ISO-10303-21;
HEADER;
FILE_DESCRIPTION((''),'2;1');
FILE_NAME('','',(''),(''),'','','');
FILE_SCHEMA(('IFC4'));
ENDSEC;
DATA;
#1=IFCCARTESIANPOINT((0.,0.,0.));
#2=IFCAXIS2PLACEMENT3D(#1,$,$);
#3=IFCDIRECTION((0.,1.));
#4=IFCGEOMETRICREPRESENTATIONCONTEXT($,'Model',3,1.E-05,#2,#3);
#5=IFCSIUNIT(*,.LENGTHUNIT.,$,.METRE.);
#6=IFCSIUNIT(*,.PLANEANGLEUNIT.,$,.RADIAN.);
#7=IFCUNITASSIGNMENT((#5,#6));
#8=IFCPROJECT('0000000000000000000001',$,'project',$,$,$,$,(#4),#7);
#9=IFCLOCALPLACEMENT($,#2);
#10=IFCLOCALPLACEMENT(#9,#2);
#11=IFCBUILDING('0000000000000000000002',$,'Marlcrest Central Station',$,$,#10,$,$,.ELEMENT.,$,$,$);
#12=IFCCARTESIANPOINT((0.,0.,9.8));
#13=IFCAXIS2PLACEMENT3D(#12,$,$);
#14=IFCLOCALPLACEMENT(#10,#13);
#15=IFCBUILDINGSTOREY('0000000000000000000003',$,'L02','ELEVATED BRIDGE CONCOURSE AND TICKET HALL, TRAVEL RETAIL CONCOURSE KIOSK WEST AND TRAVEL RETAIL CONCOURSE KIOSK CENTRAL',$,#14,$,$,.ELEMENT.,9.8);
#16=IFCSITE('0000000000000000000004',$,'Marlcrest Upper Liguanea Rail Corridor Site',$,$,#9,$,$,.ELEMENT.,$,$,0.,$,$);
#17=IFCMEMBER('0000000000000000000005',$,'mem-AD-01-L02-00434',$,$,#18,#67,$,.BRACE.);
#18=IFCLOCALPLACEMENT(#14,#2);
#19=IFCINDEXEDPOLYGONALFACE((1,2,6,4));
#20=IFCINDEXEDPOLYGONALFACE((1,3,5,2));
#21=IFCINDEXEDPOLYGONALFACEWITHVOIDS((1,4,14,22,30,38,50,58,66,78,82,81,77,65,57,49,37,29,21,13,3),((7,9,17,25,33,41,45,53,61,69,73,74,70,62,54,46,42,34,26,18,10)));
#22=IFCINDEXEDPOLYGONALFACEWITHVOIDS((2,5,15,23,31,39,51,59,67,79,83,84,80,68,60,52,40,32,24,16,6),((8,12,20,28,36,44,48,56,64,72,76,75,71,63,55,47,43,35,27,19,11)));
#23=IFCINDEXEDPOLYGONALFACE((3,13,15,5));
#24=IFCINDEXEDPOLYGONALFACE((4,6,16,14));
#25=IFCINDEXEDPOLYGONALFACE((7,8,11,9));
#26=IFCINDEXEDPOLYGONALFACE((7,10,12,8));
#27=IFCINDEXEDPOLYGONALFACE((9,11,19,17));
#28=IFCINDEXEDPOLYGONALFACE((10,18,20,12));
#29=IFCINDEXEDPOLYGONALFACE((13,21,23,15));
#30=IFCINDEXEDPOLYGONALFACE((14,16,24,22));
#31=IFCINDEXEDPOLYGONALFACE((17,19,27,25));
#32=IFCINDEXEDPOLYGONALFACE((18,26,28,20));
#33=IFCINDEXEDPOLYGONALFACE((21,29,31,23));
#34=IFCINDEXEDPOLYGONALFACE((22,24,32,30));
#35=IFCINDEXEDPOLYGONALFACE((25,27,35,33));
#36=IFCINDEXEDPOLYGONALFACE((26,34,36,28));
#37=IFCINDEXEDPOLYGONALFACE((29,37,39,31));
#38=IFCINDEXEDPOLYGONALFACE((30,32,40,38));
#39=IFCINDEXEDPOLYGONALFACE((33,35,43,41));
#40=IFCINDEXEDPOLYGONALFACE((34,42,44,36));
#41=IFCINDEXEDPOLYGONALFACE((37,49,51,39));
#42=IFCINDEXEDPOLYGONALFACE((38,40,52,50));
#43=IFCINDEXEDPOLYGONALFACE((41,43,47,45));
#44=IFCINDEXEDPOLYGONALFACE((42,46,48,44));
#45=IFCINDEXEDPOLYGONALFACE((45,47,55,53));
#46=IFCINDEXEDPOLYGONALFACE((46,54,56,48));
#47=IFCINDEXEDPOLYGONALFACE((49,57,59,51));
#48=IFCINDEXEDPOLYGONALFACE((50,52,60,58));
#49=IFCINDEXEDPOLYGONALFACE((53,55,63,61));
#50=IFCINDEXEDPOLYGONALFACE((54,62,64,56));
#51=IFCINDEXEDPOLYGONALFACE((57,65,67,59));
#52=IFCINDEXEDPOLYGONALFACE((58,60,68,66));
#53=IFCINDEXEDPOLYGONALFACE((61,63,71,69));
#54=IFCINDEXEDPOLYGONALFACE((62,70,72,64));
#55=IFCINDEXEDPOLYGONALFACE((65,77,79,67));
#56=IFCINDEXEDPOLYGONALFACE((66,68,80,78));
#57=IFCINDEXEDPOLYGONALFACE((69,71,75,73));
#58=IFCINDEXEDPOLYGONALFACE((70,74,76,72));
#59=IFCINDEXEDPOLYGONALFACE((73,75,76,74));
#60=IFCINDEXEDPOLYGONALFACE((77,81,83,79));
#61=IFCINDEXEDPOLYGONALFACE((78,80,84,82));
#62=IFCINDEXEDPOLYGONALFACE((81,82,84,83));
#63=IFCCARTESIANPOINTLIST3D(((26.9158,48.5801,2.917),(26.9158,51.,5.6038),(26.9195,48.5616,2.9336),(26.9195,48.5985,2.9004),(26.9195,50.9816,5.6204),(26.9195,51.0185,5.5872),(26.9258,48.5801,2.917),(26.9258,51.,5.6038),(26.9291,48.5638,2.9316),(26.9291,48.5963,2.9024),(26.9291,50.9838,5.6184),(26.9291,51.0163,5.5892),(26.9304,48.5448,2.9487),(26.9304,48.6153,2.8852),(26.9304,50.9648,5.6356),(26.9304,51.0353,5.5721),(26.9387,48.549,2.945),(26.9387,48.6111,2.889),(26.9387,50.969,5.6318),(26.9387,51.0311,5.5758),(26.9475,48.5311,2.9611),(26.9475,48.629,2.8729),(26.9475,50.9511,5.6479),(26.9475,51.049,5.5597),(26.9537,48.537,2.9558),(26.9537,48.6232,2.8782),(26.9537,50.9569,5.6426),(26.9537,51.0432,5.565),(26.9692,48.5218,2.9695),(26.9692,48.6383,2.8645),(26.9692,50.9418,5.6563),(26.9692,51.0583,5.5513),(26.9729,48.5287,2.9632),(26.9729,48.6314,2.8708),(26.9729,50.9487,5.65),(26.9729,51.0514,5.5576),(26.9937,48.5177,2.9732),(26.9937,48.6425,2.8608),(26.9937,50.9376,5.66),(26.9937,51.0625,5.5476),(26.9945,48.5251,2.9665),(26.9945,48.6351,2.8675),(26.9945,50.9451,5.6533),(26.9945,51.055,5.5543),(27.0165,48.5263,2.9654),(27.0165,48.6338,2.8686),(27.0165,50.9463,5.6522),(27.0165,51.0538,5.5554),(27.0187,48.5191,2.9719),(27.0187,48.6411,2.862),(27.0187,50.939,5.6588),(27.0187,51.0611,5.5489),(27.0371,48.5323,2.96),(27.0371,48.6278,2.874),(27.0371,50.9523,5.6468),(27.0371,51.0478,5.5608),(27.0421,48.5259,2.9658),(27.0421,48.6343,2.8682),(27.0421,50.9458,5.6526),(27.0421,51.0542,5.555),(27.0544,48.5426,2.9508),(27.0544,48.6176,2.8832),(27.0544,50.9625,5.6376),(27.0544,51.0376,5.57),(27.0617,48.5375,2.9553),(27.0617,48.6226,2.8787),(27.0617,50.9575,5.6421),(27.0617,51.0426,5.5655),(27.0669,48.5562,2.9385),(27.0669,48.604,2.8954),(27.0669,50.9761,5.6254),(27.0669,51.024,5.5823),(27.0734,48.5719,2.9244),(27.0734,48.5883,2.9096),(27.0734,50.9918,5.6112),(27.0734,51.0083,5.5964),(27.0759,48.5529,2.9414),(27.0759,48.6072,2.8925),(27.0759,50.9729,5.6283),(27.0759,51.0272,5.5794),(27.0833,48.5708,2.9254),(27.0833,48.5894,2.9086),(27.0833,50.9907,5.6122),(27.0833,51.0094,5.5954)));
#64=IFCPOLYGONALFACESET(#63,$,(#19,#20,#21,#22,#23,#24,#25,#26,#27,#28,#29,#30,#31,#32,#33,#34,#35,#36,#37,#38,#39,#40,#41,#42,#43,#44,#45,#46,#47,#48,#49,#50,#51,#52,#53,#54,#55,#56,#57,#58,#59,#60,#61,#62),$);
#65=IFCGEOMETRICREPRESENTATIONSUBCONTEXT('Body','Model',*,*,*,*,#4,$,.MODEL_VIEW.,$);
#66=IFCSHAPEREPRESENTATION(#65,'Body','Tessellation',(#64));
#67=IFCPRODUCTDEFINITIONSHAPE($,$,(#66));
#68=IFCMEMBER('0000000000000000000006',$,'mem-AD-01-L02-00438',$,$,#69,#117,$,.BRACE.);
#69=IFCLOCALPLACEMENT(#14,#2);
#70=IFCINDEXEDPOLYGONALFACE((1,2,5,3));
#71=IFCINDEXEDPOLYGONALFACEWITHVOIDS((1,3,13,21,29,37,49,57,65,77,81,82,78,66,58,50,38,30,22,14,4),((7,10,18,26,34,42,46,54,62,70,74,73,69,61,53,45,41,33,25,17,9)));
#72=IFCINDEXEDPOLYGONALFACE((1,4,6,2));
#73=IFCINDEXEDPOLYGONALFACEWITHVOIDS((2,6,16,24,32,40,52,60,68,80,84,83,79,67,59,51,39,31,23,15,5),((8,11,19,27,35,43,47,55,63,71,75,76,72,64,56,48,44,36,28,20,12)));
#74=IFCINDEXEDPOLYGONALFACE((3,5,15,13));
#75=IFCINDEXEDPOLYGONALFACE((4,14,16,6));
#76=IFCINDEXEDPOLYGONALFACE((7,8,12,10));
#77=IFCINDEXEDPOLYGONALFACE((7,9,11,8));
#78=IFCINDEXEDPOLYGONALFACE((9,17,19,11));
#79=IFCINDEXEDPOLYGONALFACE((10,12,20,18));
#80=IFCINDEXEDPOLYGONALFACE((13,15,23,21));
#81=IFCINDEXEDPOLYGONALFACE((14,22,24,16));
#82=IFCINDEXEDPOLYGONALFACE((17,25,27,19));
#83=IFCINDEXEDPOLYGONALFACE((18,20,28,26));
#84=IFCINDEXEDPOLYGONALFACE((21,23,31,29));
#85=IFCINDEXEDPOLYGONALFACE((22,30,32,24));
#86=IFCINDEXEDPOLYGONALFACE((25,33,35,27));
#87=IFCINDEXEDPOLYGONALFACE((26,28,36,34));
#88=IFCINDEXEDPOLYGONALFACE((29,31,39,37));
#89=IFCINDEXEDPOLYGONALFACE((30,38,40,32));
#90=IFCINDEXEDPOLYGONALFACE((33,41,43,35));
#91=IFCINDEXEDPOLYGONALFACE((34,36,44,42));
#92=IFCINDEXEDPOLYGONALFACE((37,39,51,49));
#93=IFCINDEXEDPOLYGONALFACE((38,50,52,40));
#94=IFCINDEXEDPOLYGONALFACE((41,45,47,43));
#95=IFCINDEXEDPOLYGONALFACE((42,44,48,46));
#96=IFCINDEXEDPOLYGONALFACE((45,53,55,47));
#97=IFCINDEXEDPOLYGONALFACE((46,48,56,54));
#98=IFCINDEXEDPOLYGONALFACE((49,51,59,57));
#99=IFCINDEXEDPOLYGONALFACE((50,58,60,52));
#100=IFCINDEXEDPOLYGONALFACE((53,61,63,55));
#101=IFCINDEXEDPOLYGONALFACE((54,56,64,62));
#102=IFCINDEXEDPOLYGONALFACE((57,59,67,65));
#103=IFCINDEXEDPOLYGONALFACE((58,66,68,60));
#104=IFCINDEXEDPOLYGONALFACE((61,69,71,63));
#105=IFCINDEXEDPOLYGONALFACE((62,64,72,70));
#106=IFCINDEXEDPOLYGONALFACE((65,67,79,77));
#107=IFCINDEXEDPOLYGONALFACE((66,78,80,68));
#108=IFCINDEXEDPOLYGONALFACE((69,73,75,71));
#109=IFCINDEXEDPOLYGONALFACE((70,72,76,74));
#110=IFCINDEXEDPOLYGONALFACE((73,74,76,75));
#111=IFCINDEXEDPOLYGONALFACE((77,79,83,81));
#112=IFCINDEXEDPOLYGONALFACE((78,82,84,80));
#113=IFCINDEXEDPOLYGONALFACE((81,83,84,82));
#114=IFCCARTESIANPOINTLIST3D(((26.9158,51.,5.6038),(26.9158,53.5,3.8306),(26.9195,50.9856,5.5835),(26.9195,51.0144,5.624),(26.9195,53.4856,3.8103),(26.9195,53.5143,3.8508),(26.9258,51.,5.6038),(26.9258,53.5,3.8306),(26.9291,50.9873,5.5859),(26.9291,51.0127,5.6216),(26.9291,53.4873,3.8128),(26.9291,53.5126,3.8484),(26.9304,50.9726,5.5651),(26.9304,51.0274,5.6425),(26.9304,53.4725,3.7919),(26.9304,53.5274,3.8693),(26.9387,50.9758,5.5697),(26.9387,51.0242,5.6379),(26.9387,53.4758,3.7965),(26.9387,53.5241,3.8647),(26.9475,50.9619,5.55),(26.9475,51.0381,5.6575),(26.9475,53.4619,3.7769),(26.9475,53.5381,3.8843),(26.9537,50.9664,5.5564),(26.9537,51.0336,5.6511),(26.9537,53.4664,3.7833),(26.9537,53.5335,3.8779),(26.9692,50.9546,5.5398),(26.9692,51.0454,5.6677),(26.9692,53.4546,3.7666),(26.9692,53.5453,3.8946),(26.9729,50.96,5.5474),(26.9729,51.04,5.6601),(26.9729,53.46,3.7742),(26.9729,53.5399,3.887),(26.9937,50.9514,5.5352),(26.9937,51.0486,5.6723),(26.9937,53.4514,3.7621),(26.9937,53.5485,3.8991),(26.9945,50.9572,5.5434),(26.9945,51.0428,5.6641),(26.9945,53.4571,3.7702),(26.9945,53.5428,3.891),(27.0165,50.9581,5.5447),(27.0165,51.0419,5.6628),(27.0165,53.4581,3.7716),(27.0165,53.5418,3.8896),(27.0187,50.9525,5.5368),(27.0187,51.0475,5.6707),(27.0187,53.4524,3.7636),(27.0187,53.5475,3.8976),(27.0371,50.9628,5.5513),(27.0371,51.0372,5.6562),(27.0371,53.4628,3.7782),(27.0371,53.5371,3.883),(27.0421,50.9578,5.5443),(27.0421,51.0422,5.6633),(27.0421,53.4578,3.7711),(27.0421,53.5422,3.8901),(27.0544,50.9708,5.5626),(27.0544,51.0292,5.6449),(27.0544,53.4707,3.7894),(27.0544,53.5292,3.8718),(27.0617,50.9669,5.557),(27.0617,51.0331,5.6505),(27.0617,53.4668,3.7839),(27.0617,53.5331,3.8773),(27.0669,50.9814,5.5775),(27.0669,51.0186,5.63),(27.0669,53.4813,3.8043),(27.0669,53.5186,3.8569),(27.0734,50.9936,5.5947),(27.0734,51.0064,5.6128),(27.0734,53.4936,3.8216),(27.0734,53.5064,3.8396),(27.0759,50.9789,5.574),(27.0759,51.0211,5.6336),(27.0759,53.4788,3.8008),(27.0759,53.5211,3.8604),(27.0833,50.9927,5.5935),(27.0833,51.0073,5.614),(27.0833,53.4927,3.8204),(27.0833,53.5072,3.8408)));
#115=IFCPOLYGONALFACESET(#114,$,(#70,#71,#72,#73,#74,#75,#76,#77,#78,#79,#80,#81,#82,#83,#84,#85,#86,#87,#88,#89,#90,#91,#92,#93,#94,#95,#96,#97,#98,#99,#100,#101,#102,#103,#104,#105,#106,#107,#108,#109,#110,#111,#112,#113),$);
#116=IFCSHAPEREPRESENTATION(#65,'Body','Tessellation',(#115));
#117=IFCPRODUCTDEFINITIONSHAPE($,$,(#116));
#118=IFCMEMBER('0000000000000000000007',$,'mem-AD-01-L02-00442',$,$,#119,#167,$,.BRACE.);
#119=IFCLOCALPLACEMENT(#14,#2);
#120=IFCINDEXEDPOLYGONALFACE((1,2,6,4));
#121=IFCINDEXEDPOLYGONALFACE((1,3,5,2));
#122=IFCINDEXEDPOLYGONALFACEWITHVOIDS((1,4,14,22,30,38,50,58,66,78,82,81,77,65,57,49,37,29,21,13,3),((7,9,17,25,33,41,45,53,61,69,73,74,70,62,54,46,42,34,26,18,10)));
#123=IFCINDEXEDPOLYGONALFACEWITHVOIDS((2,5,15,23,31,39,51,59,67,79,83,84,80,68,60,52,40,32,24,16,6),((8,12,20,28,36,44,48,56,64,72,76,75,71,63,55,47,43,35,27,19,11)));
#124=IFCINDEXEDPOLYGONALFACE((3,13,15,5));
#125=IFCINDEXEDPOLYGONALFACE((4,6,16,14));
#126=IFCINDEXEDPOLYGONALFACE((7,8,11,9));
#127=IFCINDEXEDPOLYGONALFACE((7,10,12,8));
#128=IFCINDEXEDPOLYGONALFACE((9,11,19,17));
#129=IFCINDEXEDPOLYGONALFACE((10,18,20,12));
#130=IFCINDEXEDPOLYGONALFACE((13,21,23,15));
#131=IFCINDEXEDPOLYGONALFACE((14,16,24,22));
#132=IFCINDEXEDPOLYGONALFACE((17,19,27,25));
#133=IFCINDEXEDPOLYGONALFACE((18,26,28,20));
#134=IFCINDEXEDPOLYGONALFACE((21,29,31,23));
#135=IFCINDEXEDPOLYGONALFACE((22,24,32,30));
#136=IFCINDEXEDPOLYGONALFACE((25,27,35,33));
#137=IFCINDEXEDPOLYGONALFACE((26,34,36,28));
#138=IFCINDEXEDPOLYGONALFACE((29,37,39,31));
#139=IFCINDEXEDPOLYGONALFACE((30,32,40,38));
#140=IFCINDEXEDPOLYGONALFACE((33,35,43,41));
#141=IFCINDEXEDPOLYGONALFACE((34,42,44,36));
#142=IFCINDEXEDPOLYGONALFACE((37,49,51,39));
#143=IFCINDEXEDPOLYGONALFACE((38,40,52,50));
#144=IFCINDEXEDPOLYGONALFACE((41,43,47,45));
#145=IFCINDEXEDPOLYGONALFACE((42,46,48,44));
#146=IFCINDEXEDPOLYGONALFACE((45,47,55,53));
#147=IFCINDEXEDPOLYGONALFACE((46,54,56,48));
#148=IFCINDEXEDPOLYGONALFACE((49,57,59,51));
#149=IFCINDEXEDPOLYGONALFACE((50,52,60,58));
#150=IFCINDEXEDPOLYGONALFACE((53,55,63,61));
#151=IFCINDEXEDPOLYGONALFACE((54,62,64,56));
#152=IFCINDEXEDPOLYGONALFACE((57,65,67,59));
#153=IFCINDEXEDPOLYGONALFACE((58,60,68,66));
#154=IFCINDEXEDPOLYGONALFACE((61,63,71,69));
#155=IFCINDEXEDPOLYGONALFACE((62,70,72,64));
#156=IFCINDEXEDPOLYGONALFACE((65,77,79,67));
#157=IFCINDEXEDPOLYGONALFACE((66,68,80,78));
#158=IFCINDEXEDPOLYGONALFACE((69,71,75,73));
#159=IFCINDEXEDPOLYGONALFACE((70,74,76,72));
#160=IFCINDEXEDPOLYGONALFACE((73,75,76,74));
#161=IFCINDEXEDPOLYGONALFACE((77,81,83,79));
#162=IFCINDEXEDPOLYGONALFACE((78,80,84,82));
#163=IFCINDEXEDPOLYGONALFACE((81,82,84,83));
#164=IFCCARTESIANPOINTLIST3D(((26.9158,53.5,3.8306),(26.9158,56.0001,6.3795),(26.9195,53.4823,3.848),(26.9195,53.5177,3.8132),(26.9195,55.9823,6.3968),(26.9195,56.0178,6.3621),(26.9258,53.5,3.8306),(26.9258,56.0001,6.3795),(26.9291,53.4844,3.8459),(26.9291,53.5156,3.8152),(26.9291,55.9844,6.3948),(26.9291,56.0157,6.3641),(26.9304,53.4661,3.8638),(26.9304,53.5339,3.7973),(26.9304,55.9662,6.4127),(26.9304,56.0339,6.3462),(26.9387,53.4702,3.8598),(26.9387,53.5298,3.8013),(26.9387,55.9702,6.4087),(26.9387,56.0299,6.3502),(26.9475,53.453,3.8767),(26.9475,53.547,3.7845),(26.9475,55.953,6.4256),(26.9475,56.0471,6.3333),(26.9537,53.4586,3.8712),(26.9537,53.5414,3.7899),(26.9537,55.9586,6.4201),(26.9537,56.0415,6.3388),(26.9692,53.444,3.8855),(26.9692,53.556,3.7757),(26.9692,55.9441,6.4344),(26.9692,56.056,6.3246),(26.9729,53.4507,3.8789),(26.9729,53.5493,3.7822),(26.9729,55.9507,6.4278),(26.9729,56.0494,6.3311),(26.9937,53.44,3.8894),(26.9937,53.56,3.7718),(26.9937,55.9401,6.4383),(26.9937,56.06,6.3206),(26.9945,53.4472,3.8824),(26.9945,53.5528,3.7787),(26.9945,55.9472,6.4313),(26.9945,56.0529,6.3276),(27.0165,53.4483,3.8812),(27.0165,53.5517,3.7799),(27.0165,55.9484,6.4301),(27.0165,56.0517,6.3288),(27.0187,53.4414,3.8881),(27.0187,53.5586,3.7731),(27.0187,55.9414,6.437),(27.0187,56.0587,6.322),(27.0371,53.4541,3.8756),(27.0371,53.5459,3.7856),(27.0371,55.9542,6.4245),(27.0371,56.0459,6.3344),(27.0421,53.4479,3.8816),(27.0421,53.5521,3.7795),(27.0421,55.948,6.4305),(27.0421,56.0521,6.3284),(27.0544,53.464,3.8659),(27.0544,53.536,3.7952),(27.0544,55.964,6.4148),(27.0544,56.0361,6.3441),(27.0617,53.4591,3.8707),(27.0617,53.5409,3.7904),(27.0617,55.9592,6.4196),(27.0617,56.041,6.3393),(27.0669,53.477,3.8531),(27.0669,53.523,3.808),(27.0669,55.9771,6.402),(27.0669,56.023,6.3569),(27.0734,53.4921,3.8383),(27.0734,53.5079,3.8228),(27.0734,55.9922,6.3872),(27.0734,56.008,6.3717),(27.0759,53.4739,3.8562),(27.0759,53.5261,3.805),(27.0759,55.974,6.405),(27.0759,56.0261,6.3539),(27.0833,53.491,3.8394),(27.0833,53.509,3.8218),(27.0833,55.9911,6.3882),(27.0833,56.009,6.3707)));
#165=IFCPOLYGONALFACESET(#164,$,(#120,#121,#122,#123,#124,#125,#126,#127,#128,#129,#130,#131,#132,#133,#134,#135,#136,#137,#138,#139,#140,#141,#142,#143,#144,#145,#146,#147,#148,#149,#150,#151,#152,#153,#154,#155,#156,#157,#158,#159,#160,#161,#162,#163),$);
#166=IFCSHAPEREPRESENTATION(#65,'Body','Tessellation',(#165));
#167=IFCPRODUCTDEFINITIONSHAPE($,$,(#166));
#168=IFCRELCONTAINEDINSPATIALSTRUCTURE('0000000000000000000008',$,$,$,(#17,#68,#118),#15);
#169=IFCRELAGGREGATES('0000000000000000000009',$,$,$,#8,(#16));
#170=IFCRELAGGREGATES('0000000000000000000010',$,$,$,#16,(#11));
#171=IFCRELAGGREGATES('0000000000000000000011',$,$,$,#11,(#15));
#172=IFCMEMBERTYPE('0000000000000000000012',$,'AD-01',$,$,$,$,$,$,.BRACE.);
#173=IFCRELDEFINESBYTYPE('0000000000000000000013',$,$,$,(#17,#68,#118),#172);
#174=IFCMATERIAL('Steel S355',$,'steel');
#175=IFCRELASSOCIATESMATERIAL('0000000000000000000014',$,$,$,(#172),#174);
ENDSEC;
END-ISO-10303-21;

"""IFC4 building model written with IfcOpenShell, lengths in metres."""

from ifc_helpers import new_model, si_unit, direction, frame, origin, origin_2d, place, context, subcontext, project, spatial, hollow_circle, extrude, material, material_profile, profile_set, type_object, element, save


model = new_model("IFC4")

# Units and contexts
model_context = context("Model", 3, precision=1e-05, world=origin(), true_north=direction((0.0, 1.0)))
body_context = subcontext(model_context, "Body", "Model", "MODEL_VIEW")
ifc_project = project(units=[si_unit("LENGTHUNIT", "METRE"), si_unit("PLANEANGLEUNIT", "RADIAN")], contexts=[model_context])

# Site, building, storey
site_placement = place(None, origin())
site = spatial("IfcSite", under=ifc_project, at=site_placement, Name="Marlcrest Upper Liguanea Rail Corridor Site", CompositionType="ELEMENT", RefElevation=0.0)
building_placement = place(site_placement, origin())
building = spatial("IfcBuilding", under=site, at=building_placement, Name="Marlcrest Central Station", CompositionType="ELEMENT")
storey_placement = place(building_placement, frame((0.0, 0.0, 9.8)))
storey = spatial("IfcBuildingStorey", under=building, at=storey_placement, Name="L02", Description="ELEVATED BRIDGE CONCOURSE AND TICKET HALL, TRAVEL RETAIL CONCOURSE KIOSK WEST AND TRAVEL RETAIL CONCOURSE KIOSK CENTRAL", CompositionType="ELEMENT", Elevation=9.8)

# Members
ifc_material = material(Name="Steel S355", Category="steel")
ifc_material_profile_1 = material_profile(ifc_material, hollow_circle(Radius=0.0842, WallThickness=0.01, at=origin_2d()), Name="CHS 168.3x10")
ifc_profile_set_1 = profile_set([ifc_material_profile_1], Name="Steel S355")
member_type_1 = type_object("IfcMemberType", Name="AD-01", PredefinedType="BRACE", material=ifc_profile_set_1)
member_1_placement = place(storey_placement, frame((27.0, 48.5801, 2.917), z_axis=(0.0, 0.669244, 0.743042), x_axis=(-1.0, 0.0, 0.0)))
element("IfcMember", 1, at=member_1_placement, inside=storey, type_object=member_type_1, Name="mem-AD-01-L02-00434", PredefinedType="BRACE", context=body_context, shape_type="SweptSolid", body=[
    extrude(hollow_circle(Radius=0.0842, WallThickness=0.01, at=origin_2d()), origin(), (0.0, 0.0, 1.0), 3.616),
])
member_2_placement = place(storey_placement, frame((27.0, 51.0, 5.6038), z_axis=(0.0, 0.815661, -0.57853), x_axis=(-1.0, 0.0, 0.0)))
element("IfcMember", 2, at=member_2_placement, inside=storey, type_object=member_type_1, Name="mem-AD-01-L02-00438", PredefinedType="BRACE", context=body_context, shape_type="SweptSolid", body=[
    extrude(hollow_circle(Radius=0.0842, WallThickness=0.01, at=origin_2d()), origin(), (0.0, 0.0, 1.0), 3.0649),
])
member_3_placement = place(storey_placement, frame((27.0, 53.5, 3.8306), z_axis=(0.0, 0.700235, 0.713912), x_axis=(-1.0, 0.0, 0.0)))
element("IfcMember", 3, at=member_3_placement, inside=storey, type_object=member_type_1, Name="mem-AD-01-L02-00442", PredefinedType="BRACE", context=body_context, shape_type="SweptSolid", body=[
    extrude(hollow_circle(Radius=0.0842, WallThickness=0.01, at=origin_2d()), origin(), (0.0, 0.0, 1.0), 3.5703),
])

save(model, "model.ifc")
